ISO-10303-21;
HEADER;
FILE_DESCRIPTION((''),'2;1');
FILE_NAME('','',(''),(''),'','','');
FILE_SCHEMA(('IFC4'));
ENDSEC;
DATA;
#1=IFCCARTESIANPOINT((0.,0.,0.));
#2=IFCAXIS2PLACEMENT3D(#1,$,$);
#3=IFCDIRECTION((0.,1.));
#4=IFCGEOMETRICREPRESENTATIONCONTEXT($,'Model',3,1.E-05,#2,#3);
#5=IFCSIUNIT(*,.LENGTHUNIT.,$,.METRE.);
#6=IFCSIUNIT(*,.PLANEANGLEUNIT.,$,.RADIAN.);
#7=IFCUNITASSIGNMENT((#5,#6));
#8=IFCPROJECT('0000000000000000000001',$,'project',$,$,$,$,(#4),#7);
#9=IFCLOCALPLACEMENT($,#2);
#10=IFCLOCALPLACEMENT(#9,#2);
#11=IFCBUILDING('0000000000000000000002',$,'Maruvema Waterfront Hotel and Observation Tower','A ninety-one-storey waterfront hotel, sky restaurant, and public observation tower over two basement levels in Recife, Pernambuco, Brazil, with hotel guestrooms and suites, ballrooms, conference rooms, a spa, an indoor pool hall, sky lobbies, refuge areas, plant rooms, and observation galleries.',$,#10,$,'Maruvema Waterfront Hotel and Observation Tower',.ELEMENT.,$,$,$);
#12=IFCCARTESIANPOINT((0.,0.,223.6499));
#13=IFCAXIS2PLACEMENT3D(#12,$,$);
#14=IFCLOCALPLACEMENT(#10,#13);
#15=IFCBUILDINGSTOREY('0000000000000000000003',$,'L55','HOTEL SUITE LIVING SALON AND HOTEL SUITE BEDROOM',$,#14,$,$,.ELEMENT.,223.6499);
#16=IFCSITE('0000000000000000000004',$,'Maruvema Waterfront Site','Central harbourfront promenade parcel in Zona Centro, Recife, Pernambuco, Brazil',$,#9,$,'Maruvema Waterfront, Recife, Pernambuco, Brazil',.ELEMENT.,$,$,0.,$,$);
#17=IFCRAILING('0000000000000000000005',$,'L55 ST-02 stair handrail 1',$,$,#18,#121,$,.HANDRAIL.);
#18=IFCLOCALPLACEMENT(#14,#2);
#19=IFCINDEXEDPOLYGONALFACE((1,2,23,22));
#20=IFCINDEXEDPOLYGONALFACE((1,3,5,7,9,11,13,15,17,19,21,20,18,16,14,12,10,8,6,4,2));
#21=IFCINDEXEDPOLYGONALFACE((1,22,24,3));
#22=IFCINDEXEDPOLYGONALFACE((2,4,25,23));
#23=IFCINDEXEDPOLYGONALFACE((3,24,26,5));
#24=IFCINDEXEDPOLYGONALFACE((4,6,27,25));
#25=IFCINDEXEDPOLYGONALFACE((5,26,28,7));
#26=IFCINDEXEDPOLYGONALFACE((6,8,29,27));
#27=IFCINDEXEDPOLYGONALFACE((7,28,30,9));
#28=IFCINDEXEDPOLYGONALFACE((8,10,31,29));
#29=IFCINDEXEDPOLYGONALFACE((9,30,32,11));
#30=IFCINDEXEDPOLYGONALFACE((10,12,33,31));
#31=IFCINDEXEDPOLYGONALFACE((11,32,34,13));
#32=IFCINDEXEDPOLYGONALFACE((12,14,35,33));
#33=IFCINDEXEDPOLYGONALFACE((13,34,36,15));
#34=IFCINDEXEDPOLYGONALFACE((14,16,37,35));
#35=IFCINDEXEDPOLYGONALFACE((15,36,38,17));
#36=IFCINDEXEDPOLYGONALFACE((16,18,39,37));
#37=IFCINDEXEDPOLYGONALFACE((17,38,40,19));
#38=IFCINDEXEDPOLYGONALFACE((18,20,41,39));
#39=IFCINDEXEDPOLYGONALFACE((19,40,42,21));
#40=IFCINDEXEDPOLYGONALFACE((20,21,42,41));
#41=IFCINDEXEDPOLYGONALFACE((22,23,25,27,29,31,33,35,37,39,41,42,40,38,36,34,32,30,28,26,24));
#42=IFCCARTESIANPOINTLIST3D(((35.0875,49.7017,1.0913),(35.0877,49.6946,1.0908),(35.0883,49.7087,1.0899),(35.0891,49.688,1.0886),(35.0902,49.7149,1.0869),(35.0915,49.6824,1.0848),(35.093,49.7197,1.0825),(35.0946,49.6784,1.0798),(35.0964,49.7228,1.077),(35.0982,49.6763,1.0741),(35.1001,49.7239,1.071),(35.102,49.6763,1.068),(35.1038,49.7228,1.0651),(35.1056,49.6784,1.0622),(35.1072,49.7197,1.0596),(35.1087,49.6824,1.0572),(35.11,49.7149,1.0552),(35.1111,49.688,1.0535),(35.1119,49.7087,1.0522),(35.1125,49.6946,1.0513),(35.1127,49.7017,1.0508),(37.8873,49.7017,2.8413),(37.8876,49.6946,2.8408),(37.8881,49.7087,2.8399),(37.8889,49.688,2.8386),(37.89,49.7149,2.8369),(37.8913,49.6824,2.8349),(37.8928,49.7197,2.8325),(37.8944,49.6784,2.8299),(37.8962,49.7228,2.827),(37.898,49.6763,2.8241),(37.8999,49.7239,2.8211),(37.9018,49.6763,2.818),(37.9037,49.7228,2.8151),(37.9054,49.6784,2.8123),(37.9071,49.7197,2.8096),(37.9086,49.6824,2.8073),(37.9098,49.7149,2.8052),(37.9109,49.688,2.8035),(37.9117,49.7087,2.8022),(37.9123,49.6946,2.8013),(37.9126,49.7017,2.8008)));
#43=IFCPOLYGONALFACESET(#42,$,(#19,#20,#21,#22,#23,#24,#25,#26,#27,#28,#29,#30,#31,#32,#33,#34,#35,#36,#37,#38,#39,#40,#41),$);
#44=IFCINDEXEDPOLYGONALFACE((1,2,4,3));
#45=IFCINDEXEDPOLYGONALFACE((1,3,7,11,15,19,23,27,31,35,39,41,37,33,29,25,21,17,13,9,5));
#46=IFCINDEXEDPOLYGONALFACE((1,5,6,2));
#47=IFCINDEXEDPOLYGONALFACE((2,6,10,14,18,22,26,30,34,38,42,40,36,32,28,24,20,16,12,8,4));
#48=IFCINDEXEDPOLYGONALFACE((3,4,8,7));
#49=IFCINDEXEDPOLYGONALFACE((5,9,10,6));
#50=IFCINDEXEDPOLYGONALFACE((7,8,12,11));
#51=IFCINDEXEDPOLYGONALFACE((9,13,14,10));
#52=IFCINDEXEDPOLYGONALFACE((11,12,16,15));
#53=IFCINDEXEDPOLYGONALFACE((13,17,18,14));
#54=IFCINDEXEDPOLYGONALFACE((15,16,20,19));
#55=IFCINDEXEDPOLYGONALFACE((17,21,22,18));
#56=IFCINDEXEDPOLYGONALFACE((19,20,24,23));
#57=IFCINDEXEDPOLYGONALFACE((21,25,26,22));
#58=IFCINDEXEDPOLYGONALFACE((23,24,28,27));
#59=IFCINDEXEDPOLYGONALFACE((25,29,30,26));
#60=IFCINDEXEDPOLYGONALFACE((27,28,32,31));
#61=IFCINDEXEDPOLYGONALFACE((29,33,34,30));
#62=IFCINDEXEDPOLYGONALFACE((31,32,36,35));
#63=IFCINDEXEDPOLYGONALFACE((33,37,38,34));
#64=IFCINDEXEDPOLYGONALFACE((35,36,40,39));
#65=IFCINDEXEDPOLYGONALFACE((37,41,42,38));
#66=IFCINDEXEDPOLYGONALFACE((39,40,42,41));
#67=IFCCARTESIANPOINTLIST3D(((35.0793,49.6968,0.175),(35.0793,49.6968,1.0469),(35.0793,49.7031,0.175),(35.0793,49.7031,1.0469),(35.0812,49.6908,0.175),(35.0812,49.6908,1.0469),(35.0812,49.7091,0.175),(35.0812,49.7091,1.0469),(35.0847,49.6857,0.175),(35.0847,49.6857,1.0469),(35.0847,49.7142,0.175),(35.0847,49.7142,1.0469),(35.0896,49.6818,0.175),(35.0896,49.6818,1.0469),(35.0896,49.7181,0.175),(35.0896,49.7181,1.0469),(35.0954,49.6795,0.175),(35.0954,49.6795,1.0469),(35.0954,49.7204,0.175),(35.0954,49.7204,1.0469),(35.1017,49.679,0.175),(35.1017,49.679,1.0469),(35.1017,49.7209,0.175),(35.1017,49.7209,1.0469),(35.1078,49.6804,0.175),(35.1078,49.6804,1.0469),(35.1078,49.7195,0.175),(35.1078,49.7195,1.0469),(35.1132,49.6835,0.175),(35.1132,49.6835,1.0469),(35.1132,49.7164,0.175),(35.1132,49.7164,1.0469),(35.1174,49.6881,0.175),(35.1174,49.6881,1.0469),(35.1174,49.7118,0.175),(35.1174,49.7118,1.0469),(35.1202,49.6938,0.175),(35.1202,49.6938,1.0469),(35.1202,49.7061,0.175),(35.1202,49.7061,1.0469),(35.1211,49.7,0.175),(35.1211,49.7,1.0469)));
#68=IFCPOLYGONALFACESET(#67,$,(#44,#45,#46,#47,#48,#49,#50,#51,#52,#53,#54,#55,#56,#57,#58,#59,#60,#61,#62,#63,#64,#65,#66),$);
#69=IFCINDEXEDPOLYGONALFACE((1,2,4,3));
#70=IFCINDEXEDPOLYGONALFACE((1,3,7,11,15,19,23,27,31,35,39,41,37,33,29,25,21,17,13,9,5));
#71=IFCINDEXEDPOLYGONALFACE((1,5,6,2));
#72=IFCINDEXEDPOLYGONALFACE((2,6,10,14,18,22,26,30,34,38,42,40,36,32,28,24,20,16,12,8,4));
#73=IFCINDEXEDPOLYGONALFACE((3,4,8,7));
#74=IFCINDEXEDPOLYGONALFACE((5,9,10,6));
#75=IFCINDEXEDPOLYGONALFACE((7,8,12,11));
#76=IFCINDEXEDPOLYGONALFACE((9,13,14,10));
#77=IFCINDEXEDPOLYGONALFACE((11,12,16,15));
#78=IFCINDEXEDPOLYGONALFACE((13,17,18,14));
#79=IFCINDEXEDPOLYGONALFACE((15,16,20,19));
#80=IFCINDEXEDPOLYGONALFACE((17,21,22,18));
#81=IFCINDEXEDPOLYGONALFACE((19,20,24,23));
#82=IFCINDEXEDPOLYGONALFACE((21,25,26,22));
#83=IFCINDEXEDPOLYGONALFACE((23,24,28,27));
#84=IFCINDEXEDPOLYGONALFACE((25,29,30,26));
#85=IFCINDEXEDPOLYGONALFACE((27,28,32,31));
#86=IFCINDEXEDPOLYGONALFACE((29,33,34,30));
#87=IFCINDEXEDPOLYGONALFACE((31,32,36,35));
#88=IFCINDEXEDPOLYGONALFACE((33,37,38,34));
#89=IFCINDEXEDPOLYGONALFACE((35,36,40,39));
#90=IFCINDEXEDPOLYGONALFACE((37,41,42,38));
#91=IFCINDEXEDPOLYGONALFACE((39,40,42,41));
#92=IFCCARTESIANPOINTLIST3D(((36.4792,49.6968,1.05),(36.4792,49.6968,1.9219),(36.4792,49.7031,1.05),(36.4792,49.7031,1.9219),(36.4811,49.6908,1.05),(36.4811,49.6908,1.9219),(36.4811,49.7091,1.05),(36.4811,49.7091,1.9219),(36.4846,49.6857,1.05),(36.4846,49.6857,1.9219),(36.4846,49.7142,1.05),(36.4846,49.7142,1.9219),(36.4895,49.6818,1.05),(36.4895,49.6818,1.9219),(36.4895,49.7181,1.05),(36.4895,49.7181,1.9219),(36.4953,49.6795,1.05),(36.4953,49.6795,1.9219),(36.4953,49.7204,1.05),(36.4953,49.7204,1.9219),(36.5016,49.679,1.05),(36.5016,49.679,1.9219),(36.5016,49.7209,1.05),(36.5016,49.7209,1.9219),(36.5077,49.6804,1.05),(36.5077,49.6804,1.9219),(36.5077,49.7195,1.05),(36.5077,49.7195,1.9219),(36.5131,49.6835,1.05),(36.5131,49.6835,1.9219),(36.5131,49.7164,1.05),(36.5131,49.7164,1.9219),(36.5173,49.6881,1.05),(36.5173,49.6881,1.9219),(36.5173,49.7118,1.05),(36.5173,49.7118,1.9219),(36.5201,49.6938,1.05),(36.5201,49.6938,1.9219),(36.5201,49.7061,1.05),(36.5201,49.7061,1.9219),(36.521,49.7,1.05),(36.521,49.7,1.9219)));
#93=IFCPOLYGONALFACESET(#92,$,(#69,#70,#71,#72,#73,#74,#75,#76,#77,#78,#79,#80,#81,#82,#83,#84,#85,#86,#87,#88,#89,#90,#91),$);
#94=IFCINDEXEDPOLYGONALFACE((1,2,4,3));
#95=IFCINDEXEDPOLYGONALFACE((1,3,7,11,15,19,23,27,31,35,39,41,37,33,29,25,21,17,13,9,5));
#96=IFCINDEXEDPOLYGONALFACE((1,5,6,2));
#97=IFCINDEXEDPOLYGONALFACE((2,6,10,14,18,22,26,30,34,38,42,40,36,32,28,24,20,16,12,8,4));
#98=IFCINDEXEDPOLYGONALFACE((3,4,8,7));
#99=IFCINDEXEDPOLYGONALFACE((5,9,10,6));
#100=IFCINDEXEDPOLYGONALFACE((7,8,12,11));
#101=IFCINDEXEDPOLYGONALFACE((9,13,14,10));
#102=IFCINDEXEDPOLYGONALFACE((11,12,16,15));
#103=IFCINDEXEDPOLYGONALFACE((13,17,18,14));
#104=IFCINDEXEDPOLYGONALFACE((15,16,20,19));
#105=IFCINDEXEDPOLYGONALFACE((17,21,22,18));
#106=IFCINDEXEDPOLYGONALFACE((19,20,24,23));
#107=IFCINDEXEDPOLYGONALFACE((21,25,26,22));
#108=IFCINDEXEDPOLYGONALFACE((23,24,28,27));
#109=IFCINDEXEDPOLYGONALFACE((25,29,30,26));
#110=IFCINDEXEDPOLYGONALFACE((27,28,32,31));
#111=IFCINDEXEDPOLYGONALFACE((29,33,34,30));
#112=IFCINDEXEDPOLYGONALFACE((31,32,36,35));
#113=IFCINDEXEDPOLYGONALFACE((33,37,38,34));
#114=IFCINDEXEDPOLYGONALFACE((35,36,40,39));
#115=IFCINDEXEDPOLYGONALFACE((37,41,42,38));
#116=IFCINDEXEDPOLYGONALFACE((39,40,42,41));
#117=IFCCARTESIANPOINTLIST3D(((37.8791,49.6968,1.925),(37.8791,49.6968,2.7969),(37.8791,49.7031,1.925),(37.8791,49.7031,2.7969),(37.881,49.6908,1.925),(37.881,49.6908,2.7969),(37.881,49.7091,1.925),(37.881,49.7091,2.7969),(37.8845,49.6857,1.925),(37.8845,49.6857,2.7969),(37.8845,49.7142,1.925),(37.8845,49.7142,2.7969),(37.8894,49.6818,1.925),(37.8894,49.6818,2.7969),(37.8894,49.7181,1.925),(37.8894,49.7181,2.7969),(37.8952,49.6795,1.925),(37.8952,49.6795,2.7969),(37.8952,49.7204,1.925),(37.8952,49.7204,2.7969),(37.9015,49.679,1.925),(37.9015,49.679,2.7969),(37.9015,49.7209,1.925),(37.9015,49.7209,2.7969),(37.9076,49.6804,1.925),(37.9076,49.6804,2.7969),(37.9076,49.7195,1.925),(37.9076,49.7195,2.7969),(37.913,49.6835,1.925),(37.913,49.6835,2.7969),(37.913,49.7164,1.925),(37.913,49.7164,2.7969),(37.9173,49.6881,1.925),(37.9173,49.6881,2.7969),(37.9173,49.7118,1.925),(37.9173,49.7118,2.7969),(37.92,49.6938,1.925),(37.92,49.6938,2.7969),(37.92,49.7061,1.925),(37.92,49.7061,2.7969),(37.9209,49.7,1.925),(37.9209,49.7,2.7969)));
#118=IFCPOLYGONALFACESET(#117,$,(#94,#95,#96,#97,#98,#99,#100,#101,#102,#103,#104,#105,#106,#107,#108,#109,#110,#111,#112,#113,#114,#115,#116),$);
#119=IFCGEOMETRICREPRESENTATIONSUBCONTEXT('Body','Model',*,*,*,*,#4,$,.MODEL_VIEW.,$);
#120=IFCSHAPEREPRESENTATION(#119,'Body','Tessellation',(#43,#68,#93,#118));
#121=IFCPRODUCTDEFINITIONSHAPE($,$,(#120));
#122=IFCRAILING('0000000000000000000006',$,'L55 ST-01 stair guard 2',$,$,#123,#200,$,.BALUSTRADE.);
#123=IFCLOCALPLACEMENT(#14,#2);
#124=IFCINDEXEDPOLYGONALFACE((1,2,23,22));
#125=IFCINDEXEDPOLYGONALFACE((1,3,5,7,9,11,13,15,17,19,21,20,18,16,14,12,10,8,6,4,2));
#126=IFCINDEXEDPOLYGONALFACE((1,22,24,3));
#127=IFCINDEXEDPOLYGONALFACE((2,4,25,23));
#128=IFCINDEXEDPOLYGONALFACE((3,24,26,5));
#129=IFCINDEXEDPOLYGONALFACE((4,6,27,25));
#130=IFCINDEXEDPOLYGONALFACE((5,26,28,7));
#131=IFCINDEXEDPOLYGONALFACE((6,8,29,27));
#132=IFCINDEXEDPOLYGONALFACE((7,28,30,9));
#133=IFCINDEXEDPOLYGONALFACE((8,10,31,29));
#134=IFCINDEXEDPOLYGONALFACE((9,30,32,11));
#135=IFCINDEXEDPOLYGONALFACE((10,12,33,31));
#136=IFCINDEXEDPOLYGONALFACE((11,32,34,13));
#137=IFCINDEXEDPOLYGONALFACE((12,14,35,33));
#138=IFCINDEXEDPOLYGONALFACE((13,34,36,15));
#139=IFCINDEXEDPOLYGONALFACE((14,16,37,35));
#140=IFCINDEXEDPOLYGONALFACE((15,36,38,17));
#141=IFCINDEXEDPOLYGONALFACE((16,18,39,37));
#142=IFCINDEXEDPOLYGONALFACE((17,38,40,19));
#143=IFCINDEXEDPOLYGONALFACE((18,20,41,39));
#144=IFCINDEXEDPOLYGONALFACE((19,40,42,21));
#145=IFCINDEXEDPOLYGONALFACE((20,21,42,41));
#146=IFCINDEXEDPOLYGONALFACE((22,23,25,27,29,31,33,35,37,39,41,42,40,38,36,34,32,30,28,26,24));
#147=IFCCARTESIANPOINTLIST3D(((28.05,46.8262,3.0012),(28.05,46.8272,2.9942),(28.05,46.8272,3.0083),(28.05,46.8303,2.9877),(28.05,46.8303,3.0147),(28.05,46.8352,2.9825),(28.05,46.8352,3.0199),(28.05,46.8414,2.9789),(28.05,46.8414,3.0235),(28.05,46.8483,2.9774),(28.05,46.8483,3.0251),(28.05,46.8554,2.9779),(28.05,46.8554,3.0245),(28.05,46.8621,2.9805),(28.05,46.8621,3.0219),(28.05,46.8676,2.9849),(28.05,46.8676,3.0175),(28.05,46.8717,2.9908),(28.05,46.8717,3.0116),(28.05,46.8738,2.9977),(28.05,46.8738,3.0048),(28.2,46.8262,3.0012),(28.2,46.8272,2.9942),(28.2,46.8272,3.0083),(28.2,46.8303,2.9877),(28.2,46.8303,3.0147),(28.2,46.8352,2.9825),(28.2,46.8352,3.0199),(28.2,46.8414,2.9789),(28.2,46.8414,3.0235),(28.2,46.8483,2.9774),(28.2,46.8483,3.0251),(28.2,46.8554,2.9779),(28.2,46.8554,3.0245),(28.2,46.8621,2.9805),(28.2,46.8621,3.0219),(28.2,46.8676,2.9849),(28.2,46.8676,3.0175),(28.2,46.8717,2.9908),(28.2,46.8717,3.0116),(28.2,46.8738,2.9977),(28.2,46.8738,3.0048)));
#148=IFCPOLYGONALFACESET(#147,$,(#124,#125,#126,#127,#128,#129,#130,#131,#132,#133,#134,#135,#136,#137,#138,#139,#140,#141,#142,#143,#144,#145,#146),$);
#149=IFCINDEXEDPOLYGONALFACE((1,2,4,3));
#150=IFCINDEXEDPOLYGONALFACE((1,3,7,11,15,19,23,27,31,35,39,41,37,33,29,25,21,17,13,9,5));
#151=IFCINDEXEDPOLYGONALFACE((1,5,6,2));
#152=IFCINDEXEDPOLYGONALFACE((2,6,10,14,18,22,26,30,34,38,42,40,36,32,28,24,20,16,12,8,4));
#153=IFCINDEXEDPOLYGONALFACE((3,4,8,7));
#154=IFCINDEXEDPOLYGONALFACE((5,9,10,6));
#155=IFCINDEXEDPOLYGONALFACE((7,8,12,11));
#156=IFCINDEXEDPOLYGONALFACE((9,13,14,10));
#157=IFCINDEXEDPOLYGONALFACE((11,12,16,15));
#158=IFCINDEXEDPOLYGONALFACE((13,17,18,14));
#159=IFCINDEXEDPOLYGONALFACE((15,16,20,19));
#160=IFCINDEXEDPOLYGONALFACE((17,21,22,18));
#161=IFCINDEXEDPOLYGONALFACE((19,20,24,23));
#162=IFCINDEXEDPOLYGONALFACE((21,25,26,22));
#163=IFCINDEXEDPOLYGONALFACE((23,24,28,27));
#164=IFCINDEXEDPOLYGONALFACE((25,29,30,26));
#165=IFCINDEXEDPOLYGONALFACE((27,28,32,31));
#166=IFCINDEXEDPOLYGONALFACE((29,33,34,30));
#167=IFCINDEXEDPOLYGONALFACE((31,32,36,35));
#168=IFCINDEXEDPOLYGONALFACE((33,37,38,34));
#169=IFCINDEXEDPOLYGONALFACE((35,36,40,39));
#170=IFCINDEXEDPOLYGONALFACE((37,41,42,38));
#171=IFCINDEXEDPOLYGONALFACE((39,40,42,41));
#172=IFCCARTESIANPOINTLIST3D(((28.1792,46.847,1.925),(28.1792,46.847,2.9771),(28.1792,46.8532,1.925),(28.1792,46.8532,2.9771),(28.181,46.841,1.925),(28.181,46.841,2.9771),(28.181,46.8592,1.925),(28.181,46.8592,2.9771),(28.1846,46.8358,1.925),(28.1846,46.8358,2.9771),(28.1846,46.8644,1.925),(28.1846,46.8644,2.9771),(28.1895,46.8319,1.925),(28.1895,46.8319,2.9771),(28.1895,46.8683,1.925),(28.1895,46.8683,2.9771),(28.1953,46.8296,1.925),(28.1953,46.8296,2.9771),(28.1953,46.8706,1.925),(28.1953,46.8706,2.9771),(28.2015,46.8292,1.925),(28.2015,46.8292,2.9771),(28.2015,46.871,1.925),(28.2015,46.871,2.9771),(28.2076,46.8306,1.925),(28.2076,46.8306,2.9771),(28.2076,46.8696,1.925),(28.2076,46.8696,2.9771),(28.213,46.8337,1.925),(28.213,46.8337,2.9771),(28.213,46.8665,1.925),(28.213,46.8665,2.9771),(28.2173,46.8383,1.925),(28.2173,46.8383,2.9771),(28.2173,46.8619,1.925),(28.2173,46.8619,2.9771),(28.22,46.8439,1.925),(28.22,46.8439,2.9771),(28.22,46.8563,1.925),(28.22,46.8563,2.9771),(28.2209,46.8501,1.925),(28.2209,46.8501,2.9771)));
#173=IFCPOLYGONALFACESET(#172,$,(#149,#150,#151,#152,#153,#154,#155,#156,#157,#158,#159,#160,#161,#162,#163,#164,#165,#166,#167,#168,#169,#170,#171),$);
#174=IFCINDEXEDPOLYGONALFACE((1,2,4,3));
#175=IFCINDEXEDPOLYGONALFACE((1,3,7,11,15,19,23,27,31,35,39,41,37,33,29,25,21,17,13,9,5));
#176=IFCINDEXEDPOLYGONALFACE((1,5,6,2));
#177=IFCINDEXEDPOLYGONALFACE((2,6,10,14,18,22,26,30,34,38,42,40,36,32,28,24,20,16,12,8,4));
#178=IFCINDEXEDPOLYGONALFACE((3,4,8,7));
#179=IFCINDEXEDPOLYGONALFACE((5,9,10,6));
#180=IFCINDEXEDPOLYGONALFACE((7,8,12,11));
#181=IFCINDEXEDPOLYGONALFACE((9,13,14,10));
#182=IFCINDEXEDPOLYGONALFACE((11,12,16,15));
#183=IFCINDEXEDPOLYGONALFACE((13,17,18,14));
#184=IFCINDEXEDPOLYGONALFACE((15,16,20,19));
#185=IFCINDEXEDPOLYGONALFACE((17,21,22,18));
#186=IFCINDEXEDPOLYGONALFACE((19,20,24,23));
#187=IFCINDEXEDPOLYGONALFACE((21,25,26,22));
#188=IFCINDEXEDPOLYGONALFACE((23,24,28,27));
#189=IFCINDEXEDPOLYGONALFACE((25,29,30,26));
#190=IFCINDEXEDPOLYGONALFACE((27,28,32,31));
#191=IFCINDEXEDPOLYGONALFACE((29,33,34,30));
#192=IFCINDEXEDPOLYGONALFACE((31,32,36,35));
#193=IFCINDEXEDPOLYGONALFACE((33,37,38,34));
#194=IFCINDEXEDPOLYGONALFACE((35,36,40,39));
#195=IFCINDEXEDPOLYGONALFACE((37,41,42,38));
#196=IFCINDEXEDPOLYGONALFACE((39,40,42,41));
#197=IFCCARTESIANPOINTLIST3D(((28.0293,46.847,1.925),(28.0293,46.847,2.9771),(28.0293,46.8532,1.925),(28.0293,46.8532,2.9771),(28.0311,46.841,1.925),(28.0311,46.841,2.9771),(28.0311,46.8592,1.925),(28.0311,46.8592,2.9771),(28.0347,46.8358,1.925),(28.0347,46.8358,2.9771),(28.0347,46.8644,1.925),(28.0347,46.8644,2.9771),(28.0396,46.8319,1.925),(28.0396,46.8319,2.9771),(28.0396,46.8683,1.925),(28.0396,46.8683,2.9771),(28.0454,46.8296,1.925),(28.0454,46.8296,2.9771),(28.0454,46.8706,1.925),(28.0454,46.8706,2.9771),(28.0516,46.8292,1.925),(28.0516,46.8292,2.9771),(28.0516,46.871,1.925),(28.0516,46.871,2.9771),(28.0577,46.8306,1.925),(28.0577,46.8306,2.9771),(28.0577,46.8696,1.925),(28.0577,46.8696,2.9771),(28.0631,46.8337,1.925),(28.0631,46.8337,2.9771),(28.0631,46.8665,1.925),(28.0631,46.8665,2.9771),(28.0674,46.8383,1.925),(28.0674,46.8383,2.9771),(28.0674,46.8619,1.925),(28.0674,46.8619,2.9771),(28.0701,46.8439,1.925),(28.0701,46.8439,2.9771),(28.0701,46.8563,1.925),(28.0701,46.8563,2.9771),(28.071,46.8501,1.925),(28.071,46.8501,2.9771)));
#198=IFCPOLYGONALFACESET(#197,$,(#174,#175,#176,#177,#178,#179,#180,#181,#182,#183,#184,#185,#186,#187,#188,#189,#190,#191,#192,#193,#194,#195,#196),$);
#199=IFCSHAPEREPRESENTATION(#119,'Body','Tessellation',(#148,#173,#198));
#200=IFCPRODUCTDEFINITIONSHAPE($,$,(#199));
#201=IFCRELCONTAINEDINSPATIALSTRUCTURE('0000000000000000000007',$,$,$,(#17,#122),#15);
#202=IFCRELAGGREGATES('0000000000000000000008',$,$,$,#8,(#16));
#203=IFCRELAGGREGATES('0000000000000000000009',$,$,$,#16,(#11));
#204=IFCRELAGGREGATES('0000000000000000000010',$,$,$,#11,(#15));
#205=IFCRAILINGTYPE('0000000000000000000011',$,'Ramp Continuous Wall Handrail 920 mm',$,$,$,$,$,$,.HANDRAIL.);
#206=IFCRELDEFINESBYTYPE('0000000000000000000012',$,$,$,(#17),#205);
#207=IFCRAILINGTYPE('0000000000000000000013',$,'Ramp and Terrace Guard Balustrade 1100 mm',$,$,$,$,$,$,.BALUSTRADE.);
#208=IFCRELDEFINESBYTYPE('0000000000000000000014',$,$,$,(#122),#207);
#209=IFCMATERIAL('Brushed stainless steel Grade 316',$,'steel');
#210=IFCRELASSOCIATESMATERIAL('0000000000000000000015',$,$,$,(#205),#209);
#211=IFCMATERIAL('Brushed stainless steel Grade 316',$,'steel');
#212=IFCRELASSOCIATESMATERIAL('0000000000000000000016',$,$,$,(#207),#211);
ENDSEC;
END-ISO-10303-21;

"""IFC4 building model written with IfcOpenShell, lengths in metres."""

from ifc_helpers import new_model, si_unit, direction, frame, origin, origin_2d, place, context, subcontext, project, spatial, circle, extrude, material, type_object, element, save


model = new_model("IFC4")

# Units and contexts
model_context = context("Model", 3, precision=1e-05, world=origin(), true_north=direction((0.0, 1.0)))
body_context = subcontext(model_context, "Body", "Model", "MODEL_VIEW")
ifc_project = project(units=[si_unit("LENGTHUNIT", "METRE"), si_unit("PLANEANGLEUNIT", "RADIAN")], contexts=[model_context])

# Site, building, storey
site_placement = place(None, origin())
site = spatial("IfcSite", under=ifc_project, at=site_placement, Name="Maruvema Waterfront Site", Description="Central harbourfront promenade parcel in Zona Centro, Recife, Pernambuco, Brazil", LongName="Maruvema Waterfront, Recife, Pernambuco, Brazil", CompositionType="ELEMENT", RefElevation=0.0)
building_placement = place(site_placement, origin())
building = spatial("IfcBuilding", under=site, at=building_placement, Name="Maruvema Waterfront Hotel and Observation Tower", Description="A ninety-one-storey waterfront hotel, sky restaurant, and public observation tower over two basement levels in Recife, Pernambuco, Brazil, with hotel guestrooms and suites, ballrooms, conference rooms, a spa, an indoor pool hall, sky lobbies, refuge areas, plant rooms, and observation galleries.", LongName="Maruvema Waterfront Hotel and Observation Tower", CompositionType="ELEMENT")
storey_placement = place(building_placement, frame((0.0, 0.0, 223.6499)))
storey = spatial("IfcBuildingStorey", under=building, at=storey_placement, Name="L55", Description="HOTEL SUITE LIVING SALON AND HOTEL SUITE BEDROOM", CompositionType="ELEMENT", Elevation=223.6499)

# Railings
ifc_material_1 = material(Name="Brushed stainless steel Grade 316", Category="steel")
railing_type_1 = type_object("IfcRailingType", Name="Ramp Continuous Wall Handrail 920 mm", PredefinedType="HANDRAIL", material=ifc_material_1)
railing_1_placement = place(storey_placement, frame((35.1001, 49.7, 0.175)))
element("IfcRailing", 1, at=railing_1_placement, inside=storey, type_object=railing_type_1, Name="L55 ST-02 stair handrail 1", PredefinedType="HANDRAIL", context=body_context, shape_type="SweptSolid", body=[
    extrude(circle(Radius=0.0239, at=origin_2d()), frame((0.0, 0.0, 0.896), z_axis=(0.847982, 0.0, 0.530026), x_axis=(0.0, 1.0, 0.0)), (0.0, 0.0, 1.0), 3.3018),
    extrude(circle(Radius=0.021, at=origin_2d()), origin(), (0.0, 0.0, 1.0), 0.8718),
    extrude(circle(Radius=0.021, at=origin_2d()), frame((1.3999, 0.0, 0.875)), (0.0, 0.0, 1.0), 0.8718),
    extrude(circle(Radius=0.021, at=origin_2d()), frame((2.7998, 0.0, 1.75)), (0.0, 0.0, 1.0), 0.8718),
])
ifc_material_2 = material(Name="Brushed stainless steel Grade 316", Category="steel")
railing_type_2 = type_object("IfcRailingType", Name="Ramp and Terrace Guard Balustrade 1100 mm", PredefinedType="BALUSTRADE", material=ifc_material_2)
railing_2_placement = place(storey_placement, frame((28.2, 46.8501, 1.925)))
element("IfcRailing", 2, at=railing_2_placement, inside=storey, type_object=railing_type_2, Name="L55 ST-01 stair guard 2", PredefinedType="BALUSTRADE", context=body_context, shape_type="SweptSolid", body=[
    extrude(circle(Radius=0.0239, at=origin_2d()), frame((0.0, 0.0, 1.0762), z_axis=(-1.0, 0.0, 0.0), x_axis=(0.0, -1.0, 0.0)), (0.0, 0.0, 1.0), 0.1499),
    extrude(circle(Radius=0.021, at=origin_2d()), origin(), (0.0, 0.0, 1.0), 1.052),
    extrude(circle(Radius=0.021, at=origin_2d()), frame((-0.1499, 0.0, 0.0)), (0.0, 0.0, 1.0), 1.052),
])

save(model, "model.ifc")
